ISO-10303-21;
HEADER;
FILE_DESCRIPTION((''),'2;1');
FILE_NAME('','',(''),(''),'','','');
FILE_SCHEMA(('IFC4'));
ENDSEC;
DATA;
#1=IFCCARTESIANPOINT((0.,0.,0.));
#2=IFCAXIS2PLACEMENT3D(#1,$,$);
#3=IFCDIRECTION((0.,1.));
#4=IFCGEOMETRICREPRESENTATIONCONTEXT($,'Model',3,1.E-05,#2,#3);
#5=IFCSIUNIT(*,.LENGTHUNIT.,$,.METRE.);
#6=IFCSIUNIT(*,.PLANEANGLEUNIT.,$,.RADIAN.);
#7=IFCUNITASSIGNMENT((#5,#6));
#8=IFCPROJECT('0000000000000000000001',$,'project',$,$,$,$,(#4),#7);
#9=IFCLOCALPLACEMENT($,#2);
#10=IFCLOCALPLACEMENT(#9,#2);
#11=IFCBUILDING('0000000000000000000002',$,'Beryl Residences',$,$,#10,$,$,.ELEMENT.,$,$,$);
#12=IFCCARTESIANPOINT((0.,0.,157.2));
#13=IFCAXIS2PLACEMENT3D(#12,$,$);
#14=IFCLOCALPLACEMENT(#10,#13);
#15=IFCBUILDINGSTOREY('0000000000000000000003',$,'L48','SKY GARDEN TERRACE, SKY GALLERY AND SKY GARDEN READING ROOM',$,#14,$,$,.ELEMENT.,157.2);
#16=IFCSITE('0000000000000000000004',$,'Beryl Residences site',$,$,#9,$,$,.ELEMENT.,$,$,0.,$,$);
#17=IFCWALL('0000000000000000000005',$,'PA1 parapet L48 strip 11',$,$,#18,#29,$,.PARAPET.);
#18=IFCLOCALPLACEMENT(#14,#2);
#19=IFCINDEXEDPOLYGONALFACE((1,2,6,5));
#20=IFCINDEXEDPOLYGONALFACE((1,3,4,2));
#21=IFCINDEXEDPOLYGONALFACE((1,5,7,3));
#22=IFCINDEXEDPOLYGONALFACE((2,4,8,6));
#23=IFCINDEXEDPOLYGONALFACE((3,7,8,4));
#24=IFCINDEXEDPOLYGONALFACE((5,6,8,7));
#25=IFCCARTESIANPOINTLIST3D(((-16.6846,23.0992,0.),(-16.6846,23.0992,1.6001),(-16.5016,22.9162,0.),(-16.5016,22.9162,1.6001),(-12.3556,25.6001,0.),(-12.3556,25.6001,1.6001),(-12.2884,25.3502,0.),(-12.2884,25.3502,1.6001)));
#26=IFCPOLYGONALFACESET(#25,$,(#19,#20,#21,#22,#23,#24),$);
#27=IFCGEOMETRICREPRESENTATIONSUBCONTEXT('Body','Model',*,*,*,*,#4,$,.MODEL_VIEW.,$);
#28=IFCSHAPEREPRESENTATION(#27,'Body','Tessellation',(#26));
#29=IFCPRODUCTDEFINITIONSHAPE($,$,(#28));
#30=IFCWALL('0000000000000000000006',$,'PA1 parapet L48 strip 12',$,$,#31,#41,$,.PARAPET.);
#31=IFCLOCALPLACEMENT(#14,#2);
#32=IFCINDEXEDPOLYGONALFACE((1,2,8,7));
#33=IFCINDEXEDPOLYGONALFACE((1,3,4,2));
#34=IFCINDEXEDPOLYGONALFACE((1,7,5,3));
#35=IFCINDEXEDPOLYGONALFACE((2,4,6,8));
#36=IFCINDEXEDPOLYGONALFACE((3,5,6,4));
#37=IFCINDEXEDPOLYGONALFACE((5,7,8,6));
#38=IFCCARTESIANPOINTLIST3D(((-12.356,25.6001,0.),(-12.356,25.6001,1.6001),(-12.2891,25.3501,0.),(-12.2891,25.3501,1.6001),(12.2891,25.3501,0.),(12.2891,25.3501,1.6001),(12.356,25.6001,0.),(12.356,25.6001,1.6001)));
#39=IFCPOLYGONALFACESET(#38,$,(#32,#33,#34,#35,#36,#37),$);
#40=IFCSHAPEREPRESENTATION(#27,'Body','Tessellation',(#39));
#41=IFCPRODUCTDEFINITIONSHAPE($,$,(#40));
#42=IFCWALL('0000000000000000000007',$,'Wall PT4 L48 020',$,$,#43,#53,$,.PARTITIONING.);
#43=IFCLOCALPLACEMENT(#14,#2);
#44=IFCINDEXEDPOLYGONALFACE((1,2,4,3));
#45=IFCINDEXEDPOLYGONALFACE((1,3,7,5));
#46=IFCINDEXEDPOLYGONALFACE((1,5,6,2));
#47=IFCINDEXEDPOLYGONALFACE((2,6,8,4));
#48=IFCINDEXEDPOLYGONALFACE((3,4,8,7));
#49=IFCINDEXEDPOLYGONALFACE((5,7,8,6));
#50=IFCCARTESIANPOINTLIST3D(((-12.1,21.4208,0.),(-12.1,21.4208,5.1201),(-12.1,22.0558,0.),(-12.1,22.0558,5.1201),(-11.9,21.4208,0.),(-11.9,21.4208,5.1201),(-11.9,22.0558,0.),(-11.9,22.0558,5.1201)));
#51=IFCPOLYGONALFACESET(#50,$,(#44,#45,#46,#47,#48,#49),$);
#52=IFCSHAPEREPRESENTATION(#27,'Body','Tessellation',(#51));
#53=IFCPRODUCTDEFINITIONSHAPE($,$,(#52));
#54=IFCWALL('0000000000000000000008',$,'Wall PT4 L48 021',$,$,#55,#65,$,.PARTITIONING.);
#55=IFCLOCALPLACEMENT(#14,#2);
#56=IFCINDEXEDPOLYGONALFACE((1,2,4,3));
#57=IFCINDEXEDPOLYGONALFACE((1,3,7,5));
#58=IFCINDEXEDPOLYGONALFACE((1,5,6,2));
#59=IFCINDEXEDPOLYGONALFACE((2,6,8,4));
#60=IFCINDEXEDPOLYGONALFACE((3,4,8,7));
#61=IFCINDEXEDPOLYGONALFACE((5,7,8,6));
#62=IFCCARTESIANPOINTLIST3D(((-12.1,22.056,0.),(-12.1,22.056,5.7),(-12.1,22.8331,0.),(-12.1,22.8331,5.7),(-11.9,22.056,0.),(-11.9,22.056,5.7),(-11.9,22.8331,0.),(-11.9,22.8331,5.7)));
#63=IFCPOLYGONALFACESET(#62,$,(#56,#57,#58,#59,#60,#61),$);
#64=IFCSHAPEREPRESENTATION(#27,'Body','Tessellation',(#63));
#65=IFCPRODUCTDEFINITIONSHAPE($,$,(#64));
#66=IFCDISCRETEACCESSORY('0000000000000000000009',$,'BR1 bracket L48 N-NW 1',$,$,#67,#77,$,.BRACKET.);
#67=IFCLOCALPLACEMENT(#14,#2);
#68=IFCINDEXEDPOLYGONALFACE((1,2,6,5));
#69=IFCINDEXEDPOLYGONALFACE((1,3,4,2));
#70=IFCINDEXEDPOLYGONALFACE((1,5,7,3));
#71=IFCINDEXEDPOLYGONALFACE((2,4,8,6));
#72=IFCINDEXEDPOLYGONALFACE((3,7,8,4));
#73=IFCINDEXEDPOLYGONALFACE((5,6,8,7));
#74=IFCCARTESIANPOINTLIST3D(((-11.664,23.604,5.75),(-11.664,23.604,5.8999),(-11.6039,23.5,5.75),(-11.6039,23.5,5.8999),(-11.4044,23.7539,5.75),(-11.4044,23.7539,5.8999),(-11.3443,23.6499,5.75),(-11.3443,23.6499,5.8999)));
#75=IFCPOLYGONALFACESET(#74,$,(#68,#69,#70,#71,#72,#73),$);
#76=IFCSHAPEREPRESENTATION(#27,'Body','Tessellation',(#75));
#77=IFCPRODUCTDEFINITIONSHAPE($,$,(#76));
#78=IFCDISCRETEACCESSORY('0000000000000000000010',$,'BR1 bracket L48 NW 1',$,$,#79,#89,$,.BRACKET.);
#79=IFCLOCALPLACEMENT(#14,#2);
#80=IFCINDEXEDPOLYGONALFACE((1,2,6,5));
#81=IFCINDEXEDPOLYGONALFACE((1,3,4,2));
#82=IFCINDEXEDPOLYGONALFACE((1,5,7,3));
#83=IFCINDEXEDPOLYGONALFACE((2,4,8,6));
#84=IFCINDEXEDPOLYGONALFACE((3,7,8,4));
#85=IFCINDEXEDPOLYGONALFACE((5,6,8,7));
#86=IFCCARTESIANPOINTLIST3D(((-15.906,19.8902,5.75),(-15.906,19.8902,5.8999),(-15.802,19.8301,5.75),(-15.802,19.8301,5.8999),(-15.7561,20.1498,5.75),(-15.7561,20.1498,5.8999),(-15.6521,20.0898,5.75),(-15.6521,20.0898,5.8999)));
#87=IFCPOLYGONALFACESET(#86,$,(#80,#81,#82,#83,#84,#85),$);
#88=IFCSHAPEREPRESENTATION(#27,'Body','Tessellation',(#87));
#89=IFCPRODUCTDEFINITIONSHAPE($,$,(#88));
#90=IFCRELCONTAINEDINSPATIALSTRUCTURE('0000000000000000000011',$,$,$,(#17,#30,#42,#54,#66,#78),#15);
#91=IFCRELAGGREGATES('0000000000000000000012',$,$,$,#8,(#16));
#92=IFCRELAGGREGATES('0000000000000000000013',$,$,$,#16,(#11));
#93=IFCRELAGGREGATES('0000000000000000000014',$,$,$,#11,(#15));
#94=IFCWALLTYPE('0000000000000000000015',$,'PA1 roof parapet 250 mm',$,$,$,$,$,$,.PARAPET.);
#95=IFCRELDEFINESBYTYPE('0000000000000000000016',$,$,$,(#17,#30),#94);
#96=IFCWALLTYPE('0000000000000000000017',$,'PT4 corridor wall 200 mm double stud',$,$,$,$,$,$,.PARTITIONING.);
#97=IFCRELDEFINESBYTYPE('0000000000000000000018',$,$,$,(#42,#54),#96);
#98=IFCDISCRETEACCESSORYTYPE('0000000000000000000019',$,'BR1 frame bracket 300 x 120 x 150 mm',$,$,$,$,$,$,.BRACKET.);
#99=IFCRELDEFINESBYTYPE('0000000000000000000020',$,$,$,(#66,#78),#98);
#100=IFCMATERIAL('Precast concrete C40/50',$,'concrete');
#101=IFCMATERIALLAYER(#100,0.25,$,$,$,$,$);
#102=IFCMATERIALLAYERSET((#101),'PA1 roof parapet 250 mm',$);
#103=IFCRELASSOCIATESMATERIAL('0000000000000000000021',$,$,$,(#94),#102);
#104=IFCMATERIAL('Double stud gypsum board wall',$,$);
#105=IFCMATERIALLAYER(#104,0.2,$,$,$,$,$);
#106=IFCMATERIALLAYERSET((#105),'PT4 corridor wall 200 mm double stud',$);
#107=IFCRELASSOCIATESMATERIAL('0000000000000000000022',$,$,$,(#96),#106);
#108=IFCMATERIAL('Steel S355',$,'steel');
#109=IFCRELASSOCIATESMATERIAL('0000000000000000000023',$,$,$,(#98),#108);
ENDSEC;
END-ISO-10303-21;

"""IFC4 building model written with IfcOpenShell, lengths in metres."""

from ifc_helpers import new_model, si_unit, direction, frame, frame_2d, origin, place, context, subcontext, project, spatial, polyline, rectangle, outline, extrude, source, transform, mapped, material, layer, layer_set, type_object, type_shapes, element, save


model = new_model("IFC4")

# Units and contexts
model_context = context("Model", 3, precision=1e-05, world=origin(), true_north=direction((0.0, 1.0)))
body_context = subcontext(model_context, "Body", "Model", "MODEL_VIEW")
ifc_project = project(units=[si_unit("LENGTHUNIT", "METRE"), si_unit("PLANEANGLEUNIT", "RADIAN")], contexts=[model_context])

# Site, building, storey
site_placement = place(None, origin())
site = spatial("IfcSite", under=ifc_project, at=site_placement, Name="Beryl Residences site", CompositionType="ELEMENT", RefElevation=0.0)
building_placement = place(site_placement, origin())
building = spatial("IfcBuilding", under=site, at=building_placement, Name="Beryl Residences", CompositionType="ELEMENT")
storey_placement = place(building_placement, frame((0.0, 0.0, 157.2)))
storey = spatial("IfcBuildingStorey", under=building, at=storey_placement, Name="L48", Description="SKY GARDEN TERRACE, SKY GALLERY AND SKY GARDEN READING ROOM", CompositionType="ELEMENT", Elevation=157.2)

# Walls
ifc_material_1 = material(Name="Precast concrete C40/50", Category="concrete")
ifc_layer_1 = layer(ifc_material_1, 0.25)
ifc_layer_set_1 = layer_set([ifc_layer_1], Name="PA1 roof parapet 250 mm")
wall_type_1 = type_object("IfcWallType", Name="PA1 roof parapet 250 mm", PredefinedType="PARAPET", material=ifc_layer_set_1)
wall_1_placement = place(storey_placement, frame((-16.6221, 22.991, 0.0), z_axis=(0.0, 0.0, 1.0), x_axis=(0.86589, 0.500235, 0.0)))
element("IfcWall", 1, at=wall_1_placement, inside=storey, type_object=wall_type_1, Name="PA1 parapet L48 strip 11", PredefinedType="PARAPET", context=body_context, shape_type="SweptSolid", body=[
    extrude(outline(polyline([(0.0669, -0.125), (4.9326, -0.125), (4.9995, 0.125), (0.0, 0.125), (0.0669, -0.125)])), origin(), (0.0, 0.0, 1.0), 1.6001),
])
wall_2_placement = place(storey_placement, frame((-12.356, 25.4751, 0.0), z_axis=(0.0, 0.0, 1.0), x_axis=(1.0, 0.0, 0.0)))
element("IfcWall", 2, at=wall_2_placement, inside=storey, type_object=wall_type_1, Name="PA1 parapet L48 strip 12", PredefinedType="PARAPET", context=body_context, shape_type="SweptSolid", body=[
    extrude(outline(polyline([(0.0669, -0.125), (24.645, -0.125), (24.7119, 0.125), (0.0, 0.125), (0.0669, -0.125)])), origin(), (0.0, 0.0, 1.0), 1.6001),
])
ifc_material_2 = material(Name="Double stud gypsum board wall")
ifc_layer_2 = layer(ifc_material_2, 0.2)
ifc_layer_set_2 = layer_set([ifc_layer_2], Name="PT4 corridor wall 200 mm double stud")
wall_type_2 = type_object("IfcWallType", Name="PT4 corridor wall 200 mm double stud", PredefinedType="PARTITIONING", material=ifc_layer_set_2)
wall_3_placement = place(storey_placement, frame((-12.0, 21.4209, 0.0), z_axis=(0.0, 0.0, 1.0), x_axis=(0.0, 1.0, 0.0)))
element("IfcWall", 3, at=wall_3_placement, inside=storey, type_object=wall_type_2, Name="Wall PT4 L48 020", PredefinedType="PARTITIONING", context=body_context, shape_type="SweptSolid", body=[
    extrude(rectangle(XDim=0.635, YDim=0.2, at=frame_2d((0.3174, 0.0))), origin(), (0.0, 0.0, 1.0), 5.1201),
])
wall_4_placement = place(storey_placement, frame((-12.0, 22.0559, 0.0), z_axis=(0.0, 0.0, 1.0), x_axis=(0.0, 1.0, 0.0)))
element("IfcWall", 4, at=wall_4_placement, inside=storey, type_object=wall_type_2, Name="Wall PT4 L48 021", PredefinedType="PARTITIONING", context=body_context, shape_type="SweptSolid", body=[
    extrude(rectangle(XDim=0.7771, YDim=0.2, at=frame_2d((0.3887, 0.0))), origin(), (0.0, 0.0, 1.0), 5.7),
])

# Discrete accessories
ifc_material_3 = material(Name="Steel S355", Category="steel")
discrete_accessory_type = type_object("IfcDiscreteAccessoryType", Name="BR1 frame bracket 300 x 120 x 150 mm", PredefinedType="BRACKET", material=ifc_material_3)
shared_shape_1 = source(origin(), body_context, "Body", "SweptSolid", [
    extrude(outline(polyline([(-0.1499, 0.0), (0.1499, 0.0), (0.1499, 0.1201), (-0.1499, 0.1201), (-0.1499, 0.0)])), origin(), (0.0, 0.0, 1.0), 0.1499),
])
type_shapes(discrete_accessory_type, [shared_shape_1])
for number, where, z_axis, x_axis, name in (
    (5, (-11.4741, 23.575, 5.75), (0.0, 0.0, 1.0), (0.866025, 0.5, 0.0), "BR1 bracket L48 N-NW 1"),
    (6, (-15.7271, 19.96, 5.75), (0.0, 0.0, 1.0), (0.5, 0.866025, 0.0), "BR1 bracket L48 NW 1"),
):
    element("IfcDiscreteAccessory", number, at=place(storey_placement, frame(where, z_axis=z_axis, x_axis=x_axis)), inside=storey, type_object=discrete_accessory_type, Name=name, PredefinedType="BRACKET", context=body_context, shape_type="MappedRepresentation", body=[
        mapped(shared_shape_1, transform((0.0, 0.0, 0.0))),
    ])

save(model, "model.ifc")
